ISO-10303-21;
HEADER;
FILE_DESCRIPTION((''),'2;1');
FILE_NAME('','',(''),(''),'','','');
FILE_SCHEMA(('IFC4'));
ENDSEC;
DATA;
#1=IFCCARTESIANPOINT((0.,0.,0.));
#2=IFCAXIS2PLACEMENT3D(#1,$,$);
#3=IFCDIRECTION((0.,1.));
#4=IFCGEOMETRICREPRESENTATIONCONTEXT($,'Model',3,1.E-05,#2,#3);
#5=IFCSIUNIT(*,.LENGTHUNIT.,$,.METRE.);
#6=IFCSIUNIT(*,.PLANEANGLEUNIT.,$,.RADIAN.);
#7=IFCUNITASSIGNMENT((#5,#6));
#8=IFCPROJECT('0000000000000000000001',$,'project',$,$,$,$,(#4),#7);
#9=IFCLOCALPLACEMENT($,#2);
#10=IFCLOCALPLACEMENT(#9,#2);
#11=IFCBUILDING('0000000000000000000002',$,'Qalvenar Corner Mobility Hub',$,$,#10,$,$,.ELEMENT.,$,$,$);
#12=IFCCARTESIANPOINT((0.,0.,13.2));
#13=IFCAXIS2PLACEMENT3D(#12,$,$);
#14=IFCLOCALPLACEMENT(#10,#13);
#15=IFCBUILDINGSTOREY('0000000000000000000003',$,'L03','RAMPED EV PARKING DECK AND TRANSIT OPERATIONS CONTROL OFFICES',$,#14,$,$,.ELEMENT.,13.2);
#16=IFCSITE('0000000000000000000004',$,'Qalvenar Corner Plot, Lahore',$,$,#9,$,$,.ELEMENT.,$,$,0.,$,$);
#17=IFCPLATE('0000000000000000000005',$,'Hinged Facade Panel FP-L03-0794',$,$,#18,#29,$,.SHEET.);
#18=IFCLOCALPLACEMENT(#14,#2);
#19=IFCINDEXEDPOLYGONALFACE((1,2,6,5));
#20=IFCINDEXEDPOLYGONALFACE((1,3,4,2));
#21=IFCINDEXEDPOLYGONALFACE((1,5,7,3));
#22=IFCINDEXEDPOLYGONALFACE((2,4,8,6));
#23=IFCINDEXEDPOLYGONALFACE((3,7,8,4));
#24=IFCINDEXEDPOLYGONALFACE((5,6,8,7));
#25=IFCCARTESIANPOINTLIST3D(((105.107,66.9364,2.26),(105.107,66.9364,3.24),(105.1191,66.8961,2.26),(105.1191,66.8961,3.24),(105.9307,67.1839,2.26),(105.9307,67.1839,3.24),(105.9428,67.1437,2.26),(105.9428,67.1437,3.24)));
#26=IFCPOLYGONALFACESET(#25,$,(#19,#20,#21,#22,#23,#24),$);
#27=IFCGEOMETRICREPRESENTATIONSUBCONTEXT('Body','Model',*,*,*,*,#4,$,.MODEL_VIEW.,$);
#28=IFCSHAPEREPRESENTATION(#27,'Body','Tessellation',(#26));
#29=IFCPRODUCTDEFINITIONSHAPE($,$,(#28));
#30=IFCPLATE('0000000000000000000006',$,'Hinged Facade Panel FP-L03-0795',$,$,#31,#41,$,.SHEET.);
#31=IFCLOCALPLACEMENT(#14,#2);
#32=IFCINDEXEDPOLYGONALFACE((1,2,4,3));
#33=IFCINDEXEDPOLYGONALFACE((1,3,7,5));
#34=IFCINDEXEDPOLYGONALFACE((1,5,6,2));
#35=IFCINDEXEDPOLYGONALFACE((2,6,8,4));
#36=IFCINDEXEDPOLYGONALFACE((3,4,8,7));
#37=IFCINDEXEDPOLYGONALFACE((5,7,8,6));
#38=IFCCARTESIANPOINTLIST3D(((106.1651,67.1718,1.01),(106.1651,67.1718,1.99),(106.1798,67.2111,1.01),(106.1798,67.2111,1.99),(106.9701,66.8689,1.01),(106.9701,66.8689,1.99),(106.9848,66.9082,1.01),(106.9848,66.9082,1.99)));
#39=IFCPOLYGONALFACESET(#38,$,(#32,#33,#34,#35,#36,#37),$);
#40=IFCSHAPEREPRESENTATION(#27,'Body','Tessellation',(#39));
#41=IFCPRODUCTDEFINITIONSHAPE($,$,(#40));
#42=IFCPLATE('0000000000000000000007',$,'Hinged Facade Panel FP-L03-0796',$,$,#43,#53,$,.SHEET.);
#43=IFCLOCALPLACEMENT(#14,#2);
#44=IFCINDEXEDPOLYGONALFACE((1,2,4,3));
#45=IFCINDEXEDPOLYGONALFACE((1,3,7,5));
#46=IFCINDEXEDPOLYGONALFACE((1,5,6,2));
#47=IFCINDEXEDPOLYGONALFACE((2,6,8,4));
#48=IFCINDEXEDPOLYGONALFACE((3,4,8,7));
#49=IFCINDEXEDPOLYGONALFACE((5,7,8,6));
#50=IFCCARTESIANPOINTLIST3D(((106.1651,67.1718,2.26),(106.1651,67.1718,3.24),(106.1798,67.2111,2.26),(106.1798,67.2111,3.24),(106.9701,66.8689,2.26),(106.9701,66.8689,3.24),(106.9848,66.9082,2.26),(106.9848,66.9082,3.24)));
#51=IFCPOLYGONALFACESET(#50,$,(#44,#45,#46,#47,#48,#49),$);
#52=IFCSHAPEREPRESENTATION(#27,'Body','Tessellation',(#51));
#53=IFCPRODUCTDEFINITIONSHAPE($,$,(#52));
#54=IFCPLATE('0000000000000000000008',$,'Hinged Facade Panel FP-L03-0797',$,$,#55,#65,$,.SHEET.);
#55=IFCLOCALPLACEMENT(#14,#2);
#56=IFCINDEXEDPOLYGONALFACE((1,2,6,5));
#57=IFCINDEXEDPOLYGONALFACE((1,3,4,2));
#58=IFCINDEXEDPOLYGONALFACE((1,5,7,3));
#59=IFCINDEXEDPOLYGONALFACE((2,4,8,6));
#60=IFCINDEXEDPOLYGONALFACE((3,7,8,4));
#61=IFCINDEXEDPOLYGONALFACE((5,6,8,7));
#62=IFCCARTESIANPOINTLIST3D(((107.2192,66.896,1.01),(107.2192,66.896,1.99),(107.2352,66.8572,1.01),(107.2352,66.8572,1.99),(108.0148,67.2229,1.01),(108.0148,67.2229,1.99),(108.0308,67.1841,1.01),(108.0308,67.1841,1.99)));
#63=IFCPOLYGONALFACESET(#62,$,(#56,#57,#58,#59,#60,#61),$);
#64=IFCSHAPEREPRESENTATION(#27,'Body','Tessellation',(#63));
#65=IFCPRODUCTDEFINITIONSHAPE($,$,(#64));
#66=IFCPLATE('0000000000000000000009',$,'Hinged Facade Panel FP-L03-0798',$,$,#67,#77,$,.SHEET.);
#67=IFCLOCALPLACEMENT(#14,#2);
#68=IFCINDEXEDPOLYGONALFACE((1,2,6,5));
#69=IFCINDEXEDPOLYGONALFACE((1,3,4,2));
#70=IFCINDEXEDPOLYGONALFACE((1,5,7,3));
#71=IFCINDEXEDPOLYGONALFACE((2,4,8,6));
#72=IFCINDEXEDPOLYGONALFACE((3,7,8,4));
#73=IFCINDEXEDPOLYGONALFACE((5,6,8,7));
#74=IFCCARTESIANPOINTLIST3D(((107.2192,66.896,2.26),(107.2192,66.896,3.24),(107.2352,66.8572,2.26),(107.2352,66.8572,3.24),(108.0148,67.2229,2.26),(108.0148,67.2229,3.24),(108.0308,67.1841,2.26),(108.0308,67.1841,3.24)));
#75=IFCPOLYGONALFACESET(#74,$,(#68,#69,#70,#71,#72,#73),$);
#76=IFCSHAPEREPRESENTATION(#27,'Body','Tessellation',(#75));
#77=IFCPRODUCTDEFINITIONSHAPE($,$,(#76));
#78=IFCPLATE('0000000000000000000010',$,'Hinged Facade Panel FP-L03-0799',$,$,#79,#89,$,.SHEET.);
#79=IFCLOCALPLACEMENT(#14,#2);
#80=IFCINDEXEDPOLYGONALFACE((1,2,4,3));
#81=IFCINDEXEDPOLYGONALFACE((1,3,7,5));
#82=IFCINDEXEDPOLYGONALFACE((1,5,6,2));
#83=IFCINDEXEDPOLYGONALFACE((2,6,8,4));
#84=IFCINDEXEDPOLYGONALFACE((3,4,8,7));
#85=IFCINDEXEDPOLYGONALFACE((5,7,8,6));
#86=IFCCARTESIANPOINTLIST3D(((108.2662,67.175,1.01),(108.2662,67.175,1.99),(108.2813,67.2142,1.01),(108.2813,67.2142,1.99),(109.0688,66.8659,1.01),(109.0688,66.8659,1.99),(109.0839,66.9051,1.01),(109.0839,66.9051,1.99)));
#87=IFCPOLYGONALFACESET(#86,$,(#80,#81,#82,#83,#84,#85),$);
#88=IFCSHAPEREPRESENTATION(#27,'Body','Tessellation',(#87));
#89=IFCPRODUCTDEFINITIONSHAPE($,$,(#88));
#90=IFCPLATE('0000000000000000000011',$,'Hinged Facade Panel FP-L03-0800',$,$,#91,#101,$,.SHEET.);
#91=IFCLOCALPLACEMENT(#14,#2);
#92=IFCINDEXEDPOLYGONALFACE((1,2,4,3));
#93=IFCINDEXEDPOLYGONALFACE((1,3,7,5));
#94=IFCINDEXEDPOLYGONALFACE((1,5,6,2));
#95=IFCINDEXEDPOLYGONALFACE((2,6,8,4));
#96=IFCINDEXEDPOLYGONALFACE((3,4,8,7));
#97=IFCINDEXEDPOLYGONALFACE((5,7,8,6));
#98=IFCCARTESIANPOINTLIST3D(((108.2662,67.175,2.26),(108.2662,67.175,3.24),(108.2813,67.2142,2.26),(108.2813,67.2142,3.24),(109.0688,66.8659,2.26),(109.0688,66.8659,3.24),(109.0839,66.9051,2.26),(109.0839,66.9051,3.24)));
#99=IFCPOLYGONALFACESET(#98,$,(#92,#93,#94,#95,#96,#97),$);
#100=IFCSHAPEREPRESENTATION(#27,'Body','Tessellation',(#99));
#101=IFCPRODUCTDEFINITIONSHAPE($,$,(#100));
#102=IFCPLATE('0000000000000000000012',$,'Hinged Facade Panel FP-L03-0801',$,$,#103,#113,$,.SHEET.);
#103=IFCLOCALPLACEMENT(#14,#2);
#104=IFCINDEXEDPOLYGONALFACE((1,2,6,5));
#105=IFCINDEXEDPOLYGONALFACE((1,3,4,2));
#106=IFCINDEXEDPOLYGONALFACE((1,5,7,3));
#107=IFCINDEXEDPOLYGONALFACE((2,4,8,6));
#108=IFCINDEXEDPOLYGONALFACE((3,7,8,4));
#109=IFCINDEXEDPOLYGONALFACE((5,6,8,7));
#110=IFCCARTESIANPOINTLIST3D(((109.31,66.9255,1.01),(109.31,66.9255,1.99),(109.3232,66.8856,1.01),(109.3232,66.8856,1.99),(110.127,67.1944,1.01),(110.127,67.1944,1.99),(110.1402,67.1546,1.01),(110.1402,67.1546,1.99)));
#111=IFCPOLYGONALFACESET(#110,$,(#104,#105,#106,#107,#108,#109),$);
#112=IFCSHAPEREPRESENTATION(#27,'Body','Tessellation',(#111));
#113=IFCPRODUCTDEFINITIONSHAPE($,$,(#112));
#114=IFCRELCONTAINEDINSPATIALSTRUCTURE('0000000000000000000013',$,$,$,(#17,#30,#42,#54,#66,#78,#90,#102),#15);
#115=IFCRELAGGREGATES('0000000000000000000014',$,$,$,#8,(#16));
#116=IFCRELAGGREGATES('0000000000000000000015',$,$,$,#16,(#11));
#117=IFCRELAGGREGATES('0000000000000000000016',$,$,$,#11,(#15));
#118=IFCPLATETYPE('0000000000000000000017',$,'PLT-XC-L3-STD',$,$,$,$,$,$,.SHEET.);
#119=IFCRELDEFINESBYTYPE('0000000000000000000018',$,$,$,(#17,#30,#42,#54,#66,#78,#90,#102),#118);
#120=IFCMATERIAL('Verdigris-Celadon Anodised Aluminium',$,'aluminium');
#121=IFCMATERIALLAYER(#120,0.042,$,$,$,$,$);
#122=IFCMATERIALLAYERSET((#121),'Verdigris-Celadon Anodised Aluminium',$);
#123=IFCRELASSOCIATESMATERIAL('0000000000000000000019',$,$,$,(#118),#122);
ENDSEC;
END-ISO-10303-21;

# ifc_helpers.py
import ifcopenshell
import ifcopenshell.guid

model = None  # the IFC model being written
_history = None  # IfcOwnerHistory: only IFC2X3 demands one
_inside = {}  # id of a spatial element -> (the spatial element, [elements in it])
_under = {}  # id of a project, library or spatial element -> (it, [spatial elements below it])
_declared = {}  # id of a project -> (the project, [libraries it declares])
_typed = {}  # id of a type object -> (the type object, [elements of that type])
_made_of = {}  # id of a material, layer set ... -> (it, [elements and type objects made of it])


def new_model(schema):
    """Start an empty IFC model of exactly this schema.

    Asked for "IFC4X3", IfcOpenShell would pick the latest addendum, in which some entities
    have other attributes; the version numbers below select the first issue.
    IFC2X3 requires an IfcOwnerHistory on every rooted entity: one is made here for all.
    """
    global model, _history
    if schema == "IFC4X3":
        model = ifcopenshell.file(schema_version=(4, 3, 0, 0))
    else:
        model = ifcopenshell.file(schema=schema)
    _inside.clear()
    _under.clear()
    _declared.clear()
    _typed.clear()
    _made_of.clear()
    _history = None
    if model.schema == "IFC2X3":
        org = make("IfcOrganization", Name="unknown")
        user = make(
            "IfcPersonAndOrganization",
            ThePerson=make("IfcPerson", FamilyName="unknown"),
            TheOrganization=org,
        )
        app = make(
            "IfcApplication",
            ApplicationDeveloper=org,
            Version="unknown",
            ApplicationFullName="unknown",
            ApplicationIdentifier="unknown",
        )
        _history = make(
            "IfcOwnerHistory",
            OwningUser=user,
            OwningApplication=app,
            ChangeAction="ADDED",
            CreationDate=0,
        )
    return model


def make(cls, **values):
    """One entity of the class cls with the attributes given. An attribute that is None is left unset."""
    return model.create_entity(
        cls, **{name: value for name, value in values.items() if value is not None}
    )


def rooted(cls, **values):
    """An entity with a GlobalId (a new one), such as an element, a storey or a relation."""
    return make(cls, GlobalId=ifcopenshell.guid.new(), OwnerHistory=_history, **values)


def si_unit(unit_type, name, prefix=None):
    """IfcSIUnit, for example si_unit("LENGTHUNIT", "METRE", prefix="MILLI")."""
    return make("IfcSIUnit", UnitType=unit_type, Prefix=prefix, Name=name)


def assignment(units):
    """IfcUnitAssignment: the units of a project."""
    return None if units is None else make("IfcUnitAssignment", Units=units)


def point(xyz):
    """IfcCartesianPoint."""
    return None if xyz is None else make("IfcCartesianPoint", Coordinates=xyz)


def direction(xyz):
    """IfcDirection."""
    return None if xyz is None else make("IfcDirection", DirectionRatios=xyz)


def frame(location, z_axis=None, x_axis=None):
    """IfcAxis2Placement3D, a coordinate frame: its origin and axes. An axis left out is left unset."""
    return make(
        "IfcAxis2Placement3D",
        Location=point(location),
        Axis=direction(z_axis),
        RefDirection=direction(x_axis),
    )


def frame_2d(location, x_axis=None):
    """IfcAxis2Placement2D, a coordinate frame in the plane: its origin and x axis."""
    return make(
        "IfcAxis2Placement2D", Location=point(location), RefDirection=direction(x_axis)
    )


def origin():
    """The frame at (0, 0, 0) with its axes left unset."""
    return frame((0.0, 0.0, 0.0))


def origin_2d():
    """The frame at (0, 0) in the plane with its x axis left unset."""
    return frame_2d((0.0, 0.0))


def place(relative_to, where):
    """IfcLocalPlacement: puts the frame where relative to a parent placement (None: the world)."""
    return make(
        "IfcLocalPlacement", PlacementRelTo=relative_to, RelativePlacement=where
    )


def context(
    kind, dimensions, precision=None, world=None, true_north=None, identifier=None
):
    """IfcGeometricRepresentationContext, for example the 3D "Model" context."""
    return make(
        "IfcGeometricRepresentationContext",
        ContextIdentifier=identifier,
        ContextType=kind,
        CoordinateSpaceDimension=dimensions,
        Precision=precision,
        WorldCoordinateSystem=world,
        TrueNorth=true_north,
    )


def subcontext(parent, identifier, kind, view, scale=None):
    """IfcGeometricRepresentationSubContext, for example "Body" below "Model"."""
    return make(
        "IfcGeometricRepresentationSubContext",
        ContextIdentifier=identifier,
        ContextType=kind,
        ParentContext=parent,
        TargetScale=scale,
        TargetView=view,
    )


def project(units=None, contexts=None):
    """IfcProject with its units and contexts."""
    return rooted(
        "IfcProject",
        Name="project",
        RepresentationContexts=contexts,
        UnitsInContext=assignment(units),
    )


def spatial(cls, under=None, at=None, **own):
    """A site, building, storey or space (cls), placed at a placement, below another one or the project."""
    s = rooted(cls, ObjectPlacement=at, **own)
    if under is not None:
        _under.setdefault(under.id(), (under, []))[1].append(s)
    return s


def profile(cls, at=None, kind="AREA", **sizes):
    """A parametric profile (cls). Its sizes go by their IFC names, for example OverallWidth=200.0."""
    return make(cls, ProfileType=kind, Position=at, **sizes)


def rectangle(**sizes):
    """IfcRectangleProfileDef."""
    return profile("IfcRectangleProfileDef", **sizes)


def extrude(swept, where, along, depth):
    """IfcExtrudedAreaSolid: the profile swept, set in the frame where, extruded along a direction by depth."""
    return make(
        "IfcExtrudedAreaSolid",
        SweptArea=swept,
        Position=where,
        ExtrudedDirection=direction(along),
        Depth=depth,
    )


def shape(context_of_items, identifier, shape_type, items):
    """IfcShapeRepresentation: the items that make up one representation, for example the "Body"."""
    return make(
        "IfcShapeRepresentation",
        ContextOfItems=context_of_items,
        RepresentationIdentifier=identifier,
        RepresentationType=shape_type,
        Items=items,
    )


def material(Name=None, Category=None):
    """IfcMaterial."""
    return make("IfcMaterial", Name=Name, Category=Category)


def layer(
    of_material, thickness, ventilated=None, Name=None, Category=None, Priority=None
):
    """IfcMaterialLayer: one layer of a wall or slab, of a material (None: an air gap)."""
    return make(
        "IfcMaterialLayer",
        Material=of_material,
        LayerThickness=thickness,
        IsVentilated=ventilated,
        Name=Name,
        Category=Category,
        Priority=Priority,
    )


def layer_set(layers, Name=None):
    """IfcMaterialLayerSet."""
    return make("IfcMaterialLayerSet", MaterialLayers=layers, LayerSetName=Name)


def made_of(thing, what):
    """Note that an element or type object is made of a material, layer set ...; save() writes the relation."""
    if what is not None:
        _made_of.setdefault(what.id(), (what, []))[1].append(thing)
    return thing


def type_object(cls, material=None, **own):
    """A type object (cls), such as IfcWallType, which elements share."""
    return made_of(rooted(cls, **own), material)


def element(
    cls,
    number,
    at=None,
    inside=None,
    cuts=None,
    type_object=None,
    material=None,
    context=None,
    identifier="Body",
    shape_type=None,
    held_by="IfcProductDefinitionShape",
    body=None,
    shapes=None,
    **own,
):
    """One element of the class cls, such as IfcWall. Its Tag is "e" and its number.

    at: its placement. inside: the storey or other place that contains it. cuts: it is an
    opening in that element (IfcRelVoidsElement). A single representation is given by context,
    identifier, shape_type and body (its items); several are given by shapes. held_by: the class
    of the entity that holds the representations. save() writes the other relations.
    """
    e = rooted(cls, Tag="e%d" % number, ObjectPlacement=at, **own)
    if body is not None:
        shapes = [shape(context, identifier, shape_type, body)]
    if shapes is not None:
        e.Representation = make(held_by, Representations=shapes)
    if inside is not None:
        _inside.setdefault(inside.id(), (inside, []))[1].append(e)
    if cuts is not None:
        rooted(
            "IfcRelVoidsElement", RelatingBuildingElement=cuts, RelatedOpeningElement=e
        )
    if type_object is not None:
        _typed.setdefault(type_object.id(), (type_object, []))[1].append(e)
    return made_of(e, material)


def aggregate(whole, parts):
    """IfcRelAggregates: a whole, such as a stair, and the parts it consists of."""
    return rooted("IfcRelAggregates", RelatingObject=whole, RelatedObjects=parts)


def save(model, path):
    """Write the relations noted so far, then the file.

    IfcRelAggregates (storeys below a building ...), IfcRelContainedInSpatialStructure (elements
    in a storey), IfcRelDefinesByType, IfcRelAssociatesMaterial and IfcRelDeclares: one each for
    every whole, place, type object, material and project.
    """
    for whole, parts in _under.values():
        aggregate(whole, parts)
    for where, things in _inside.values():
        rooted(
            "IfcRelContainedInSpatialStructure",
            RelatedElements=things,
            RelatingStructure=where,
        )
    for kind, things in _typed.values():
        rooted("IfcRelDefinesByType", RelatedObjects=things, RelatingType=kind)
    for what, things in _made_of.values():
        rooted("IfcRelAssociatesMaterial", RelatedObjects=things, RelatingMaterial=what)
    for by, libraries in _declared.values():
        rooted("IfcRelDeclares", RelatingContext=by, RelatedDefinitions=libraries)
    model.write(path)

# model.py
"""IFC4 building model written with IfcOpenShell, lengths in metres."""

from ifc_helpers import new_model, si_unit, direction, frame, origin, origin_2d, place, context, subcontext, project, spatial, rectangle, extrude, material, layer, layer_set, type_object, element, save


model = new_model("IFC4")

# Units and contexts
model_context = context("Model", 3, precision=1e-05, world=origin(), true_north=direction((0.0, 1.0)))
body_context = subcontext(model_context, "Body", "Model", "MODEL_VIEW")
ifc_project = project(units=[si_unit("LENGTHUNIT", "METRE"), si_unit("PLANEANGLEUNIT", "RADIAN")], contexts=[model_context])

# Site, building, storey
site_placement = place(None, origin())
site = spatial("IfcSite", under=ifc_project, at=site_placement, Name="Qalvenar Corner Plot, Lahore", CompositionType="ELEMENT", RefElevation=0.0)
building_placement = place(site_placement, origin())
building = spatial("IfcBuilding", under=site, at=building_placement, Name="Qalvenar Corner Mobility Hub", CompositionType="ELEMENT")
storey_placement = place(building_placement, frame((0.0, 0.0, 13.2)))
storey = spatial("IfcBuildingStorey", under=building, at=storey_placement, Name="L03", Description="RAMPED EV PARKING DECK AND TRANSIT OPERATIONS CONTROL OFFICES", CompositionType="ELEMENT", Elevation=13.2)

# Plates
ifc_material = material(Name="Verdigris-Celadon Anodised Aluminium", Category="aluminium")
ifc_layer = layer(ifc_material, 0.042)
ifc_layer_set = layer_set([ifc_layer], Name="Verdigris-Celadon Anodised Aluminium")
plate_type = type_object("IfcPlateType", Name="PLT-XC-L3-STD", PredefinedType="SHEET", material=ifc_layer_set)
for number, where, z_axis, x_axis, name in (
    (1, (105.5249, 67.04, 2.26), (0.0, 0.0, 1.0), (0.957672, 0.287862, 0.0), "Hinged Facade Panel FP-L03-0794"),
    (2, (106.575, 67.04, 1.01), (0.0, 0.0, 1.0), (0.935937, -0.352168, 0.0), "Hinged Facade Panel FP-L03-0795"),
    (3, (106.575, 67.04, 2.26), (0.0, 0.0, 1.0), (0.935937, -0.352168, 0.0), "Hinged Facade Panel FP-L03-0796"),
    (4, (107.625, 67.04, 1.01), (0.0, 0.0, 1.0), (0.924945, 0.380102, 0.0), "Hinged Facade Panel FP-L03-0797"),
    (5, (107.625, 67.04, 2.26), (0.0, 0.0, 1.0), (0.924945, 0.380102, 0.0), "Hinged Facade Panel FP-L03-0798"),
    (6, (108.675, 67.04, 1.01), (0.0, 0.0, 1.0), (0.933205, -0.359345, 0.0), "Hinged Facade Panel FP-L03-0799"),
    (7, (108.675, 67.04, 2.26), (0.0, 0.0, 1.0), (0.933205, -0.359345, 0.0), "Hinged Facade Panel FP-L03-0800"),
    (8, (109.7251, 67.04, 1.01), (0.0, 0.0, 1.0), (0.949863, 0.312667, 0.0), "Hinged Facade Panel FP-L03-0801"),
):
    element("IfcPlate", number, at=place(storey_placement, frame(where, z_axis=z_axis, x_axis=x_axis)), inside=storey, type_object=plate_type, Name=name, PredefinedType="SHEET", context=body_context, shape_type="SweptSolid", body=[
        extrude(rectangle(XDim=0.8601, YDim=0.042, at=origin_2d()), origin(), (0.0, 0.0, 1.0), 0.98),
    ])

save(model, "model.ifc")
